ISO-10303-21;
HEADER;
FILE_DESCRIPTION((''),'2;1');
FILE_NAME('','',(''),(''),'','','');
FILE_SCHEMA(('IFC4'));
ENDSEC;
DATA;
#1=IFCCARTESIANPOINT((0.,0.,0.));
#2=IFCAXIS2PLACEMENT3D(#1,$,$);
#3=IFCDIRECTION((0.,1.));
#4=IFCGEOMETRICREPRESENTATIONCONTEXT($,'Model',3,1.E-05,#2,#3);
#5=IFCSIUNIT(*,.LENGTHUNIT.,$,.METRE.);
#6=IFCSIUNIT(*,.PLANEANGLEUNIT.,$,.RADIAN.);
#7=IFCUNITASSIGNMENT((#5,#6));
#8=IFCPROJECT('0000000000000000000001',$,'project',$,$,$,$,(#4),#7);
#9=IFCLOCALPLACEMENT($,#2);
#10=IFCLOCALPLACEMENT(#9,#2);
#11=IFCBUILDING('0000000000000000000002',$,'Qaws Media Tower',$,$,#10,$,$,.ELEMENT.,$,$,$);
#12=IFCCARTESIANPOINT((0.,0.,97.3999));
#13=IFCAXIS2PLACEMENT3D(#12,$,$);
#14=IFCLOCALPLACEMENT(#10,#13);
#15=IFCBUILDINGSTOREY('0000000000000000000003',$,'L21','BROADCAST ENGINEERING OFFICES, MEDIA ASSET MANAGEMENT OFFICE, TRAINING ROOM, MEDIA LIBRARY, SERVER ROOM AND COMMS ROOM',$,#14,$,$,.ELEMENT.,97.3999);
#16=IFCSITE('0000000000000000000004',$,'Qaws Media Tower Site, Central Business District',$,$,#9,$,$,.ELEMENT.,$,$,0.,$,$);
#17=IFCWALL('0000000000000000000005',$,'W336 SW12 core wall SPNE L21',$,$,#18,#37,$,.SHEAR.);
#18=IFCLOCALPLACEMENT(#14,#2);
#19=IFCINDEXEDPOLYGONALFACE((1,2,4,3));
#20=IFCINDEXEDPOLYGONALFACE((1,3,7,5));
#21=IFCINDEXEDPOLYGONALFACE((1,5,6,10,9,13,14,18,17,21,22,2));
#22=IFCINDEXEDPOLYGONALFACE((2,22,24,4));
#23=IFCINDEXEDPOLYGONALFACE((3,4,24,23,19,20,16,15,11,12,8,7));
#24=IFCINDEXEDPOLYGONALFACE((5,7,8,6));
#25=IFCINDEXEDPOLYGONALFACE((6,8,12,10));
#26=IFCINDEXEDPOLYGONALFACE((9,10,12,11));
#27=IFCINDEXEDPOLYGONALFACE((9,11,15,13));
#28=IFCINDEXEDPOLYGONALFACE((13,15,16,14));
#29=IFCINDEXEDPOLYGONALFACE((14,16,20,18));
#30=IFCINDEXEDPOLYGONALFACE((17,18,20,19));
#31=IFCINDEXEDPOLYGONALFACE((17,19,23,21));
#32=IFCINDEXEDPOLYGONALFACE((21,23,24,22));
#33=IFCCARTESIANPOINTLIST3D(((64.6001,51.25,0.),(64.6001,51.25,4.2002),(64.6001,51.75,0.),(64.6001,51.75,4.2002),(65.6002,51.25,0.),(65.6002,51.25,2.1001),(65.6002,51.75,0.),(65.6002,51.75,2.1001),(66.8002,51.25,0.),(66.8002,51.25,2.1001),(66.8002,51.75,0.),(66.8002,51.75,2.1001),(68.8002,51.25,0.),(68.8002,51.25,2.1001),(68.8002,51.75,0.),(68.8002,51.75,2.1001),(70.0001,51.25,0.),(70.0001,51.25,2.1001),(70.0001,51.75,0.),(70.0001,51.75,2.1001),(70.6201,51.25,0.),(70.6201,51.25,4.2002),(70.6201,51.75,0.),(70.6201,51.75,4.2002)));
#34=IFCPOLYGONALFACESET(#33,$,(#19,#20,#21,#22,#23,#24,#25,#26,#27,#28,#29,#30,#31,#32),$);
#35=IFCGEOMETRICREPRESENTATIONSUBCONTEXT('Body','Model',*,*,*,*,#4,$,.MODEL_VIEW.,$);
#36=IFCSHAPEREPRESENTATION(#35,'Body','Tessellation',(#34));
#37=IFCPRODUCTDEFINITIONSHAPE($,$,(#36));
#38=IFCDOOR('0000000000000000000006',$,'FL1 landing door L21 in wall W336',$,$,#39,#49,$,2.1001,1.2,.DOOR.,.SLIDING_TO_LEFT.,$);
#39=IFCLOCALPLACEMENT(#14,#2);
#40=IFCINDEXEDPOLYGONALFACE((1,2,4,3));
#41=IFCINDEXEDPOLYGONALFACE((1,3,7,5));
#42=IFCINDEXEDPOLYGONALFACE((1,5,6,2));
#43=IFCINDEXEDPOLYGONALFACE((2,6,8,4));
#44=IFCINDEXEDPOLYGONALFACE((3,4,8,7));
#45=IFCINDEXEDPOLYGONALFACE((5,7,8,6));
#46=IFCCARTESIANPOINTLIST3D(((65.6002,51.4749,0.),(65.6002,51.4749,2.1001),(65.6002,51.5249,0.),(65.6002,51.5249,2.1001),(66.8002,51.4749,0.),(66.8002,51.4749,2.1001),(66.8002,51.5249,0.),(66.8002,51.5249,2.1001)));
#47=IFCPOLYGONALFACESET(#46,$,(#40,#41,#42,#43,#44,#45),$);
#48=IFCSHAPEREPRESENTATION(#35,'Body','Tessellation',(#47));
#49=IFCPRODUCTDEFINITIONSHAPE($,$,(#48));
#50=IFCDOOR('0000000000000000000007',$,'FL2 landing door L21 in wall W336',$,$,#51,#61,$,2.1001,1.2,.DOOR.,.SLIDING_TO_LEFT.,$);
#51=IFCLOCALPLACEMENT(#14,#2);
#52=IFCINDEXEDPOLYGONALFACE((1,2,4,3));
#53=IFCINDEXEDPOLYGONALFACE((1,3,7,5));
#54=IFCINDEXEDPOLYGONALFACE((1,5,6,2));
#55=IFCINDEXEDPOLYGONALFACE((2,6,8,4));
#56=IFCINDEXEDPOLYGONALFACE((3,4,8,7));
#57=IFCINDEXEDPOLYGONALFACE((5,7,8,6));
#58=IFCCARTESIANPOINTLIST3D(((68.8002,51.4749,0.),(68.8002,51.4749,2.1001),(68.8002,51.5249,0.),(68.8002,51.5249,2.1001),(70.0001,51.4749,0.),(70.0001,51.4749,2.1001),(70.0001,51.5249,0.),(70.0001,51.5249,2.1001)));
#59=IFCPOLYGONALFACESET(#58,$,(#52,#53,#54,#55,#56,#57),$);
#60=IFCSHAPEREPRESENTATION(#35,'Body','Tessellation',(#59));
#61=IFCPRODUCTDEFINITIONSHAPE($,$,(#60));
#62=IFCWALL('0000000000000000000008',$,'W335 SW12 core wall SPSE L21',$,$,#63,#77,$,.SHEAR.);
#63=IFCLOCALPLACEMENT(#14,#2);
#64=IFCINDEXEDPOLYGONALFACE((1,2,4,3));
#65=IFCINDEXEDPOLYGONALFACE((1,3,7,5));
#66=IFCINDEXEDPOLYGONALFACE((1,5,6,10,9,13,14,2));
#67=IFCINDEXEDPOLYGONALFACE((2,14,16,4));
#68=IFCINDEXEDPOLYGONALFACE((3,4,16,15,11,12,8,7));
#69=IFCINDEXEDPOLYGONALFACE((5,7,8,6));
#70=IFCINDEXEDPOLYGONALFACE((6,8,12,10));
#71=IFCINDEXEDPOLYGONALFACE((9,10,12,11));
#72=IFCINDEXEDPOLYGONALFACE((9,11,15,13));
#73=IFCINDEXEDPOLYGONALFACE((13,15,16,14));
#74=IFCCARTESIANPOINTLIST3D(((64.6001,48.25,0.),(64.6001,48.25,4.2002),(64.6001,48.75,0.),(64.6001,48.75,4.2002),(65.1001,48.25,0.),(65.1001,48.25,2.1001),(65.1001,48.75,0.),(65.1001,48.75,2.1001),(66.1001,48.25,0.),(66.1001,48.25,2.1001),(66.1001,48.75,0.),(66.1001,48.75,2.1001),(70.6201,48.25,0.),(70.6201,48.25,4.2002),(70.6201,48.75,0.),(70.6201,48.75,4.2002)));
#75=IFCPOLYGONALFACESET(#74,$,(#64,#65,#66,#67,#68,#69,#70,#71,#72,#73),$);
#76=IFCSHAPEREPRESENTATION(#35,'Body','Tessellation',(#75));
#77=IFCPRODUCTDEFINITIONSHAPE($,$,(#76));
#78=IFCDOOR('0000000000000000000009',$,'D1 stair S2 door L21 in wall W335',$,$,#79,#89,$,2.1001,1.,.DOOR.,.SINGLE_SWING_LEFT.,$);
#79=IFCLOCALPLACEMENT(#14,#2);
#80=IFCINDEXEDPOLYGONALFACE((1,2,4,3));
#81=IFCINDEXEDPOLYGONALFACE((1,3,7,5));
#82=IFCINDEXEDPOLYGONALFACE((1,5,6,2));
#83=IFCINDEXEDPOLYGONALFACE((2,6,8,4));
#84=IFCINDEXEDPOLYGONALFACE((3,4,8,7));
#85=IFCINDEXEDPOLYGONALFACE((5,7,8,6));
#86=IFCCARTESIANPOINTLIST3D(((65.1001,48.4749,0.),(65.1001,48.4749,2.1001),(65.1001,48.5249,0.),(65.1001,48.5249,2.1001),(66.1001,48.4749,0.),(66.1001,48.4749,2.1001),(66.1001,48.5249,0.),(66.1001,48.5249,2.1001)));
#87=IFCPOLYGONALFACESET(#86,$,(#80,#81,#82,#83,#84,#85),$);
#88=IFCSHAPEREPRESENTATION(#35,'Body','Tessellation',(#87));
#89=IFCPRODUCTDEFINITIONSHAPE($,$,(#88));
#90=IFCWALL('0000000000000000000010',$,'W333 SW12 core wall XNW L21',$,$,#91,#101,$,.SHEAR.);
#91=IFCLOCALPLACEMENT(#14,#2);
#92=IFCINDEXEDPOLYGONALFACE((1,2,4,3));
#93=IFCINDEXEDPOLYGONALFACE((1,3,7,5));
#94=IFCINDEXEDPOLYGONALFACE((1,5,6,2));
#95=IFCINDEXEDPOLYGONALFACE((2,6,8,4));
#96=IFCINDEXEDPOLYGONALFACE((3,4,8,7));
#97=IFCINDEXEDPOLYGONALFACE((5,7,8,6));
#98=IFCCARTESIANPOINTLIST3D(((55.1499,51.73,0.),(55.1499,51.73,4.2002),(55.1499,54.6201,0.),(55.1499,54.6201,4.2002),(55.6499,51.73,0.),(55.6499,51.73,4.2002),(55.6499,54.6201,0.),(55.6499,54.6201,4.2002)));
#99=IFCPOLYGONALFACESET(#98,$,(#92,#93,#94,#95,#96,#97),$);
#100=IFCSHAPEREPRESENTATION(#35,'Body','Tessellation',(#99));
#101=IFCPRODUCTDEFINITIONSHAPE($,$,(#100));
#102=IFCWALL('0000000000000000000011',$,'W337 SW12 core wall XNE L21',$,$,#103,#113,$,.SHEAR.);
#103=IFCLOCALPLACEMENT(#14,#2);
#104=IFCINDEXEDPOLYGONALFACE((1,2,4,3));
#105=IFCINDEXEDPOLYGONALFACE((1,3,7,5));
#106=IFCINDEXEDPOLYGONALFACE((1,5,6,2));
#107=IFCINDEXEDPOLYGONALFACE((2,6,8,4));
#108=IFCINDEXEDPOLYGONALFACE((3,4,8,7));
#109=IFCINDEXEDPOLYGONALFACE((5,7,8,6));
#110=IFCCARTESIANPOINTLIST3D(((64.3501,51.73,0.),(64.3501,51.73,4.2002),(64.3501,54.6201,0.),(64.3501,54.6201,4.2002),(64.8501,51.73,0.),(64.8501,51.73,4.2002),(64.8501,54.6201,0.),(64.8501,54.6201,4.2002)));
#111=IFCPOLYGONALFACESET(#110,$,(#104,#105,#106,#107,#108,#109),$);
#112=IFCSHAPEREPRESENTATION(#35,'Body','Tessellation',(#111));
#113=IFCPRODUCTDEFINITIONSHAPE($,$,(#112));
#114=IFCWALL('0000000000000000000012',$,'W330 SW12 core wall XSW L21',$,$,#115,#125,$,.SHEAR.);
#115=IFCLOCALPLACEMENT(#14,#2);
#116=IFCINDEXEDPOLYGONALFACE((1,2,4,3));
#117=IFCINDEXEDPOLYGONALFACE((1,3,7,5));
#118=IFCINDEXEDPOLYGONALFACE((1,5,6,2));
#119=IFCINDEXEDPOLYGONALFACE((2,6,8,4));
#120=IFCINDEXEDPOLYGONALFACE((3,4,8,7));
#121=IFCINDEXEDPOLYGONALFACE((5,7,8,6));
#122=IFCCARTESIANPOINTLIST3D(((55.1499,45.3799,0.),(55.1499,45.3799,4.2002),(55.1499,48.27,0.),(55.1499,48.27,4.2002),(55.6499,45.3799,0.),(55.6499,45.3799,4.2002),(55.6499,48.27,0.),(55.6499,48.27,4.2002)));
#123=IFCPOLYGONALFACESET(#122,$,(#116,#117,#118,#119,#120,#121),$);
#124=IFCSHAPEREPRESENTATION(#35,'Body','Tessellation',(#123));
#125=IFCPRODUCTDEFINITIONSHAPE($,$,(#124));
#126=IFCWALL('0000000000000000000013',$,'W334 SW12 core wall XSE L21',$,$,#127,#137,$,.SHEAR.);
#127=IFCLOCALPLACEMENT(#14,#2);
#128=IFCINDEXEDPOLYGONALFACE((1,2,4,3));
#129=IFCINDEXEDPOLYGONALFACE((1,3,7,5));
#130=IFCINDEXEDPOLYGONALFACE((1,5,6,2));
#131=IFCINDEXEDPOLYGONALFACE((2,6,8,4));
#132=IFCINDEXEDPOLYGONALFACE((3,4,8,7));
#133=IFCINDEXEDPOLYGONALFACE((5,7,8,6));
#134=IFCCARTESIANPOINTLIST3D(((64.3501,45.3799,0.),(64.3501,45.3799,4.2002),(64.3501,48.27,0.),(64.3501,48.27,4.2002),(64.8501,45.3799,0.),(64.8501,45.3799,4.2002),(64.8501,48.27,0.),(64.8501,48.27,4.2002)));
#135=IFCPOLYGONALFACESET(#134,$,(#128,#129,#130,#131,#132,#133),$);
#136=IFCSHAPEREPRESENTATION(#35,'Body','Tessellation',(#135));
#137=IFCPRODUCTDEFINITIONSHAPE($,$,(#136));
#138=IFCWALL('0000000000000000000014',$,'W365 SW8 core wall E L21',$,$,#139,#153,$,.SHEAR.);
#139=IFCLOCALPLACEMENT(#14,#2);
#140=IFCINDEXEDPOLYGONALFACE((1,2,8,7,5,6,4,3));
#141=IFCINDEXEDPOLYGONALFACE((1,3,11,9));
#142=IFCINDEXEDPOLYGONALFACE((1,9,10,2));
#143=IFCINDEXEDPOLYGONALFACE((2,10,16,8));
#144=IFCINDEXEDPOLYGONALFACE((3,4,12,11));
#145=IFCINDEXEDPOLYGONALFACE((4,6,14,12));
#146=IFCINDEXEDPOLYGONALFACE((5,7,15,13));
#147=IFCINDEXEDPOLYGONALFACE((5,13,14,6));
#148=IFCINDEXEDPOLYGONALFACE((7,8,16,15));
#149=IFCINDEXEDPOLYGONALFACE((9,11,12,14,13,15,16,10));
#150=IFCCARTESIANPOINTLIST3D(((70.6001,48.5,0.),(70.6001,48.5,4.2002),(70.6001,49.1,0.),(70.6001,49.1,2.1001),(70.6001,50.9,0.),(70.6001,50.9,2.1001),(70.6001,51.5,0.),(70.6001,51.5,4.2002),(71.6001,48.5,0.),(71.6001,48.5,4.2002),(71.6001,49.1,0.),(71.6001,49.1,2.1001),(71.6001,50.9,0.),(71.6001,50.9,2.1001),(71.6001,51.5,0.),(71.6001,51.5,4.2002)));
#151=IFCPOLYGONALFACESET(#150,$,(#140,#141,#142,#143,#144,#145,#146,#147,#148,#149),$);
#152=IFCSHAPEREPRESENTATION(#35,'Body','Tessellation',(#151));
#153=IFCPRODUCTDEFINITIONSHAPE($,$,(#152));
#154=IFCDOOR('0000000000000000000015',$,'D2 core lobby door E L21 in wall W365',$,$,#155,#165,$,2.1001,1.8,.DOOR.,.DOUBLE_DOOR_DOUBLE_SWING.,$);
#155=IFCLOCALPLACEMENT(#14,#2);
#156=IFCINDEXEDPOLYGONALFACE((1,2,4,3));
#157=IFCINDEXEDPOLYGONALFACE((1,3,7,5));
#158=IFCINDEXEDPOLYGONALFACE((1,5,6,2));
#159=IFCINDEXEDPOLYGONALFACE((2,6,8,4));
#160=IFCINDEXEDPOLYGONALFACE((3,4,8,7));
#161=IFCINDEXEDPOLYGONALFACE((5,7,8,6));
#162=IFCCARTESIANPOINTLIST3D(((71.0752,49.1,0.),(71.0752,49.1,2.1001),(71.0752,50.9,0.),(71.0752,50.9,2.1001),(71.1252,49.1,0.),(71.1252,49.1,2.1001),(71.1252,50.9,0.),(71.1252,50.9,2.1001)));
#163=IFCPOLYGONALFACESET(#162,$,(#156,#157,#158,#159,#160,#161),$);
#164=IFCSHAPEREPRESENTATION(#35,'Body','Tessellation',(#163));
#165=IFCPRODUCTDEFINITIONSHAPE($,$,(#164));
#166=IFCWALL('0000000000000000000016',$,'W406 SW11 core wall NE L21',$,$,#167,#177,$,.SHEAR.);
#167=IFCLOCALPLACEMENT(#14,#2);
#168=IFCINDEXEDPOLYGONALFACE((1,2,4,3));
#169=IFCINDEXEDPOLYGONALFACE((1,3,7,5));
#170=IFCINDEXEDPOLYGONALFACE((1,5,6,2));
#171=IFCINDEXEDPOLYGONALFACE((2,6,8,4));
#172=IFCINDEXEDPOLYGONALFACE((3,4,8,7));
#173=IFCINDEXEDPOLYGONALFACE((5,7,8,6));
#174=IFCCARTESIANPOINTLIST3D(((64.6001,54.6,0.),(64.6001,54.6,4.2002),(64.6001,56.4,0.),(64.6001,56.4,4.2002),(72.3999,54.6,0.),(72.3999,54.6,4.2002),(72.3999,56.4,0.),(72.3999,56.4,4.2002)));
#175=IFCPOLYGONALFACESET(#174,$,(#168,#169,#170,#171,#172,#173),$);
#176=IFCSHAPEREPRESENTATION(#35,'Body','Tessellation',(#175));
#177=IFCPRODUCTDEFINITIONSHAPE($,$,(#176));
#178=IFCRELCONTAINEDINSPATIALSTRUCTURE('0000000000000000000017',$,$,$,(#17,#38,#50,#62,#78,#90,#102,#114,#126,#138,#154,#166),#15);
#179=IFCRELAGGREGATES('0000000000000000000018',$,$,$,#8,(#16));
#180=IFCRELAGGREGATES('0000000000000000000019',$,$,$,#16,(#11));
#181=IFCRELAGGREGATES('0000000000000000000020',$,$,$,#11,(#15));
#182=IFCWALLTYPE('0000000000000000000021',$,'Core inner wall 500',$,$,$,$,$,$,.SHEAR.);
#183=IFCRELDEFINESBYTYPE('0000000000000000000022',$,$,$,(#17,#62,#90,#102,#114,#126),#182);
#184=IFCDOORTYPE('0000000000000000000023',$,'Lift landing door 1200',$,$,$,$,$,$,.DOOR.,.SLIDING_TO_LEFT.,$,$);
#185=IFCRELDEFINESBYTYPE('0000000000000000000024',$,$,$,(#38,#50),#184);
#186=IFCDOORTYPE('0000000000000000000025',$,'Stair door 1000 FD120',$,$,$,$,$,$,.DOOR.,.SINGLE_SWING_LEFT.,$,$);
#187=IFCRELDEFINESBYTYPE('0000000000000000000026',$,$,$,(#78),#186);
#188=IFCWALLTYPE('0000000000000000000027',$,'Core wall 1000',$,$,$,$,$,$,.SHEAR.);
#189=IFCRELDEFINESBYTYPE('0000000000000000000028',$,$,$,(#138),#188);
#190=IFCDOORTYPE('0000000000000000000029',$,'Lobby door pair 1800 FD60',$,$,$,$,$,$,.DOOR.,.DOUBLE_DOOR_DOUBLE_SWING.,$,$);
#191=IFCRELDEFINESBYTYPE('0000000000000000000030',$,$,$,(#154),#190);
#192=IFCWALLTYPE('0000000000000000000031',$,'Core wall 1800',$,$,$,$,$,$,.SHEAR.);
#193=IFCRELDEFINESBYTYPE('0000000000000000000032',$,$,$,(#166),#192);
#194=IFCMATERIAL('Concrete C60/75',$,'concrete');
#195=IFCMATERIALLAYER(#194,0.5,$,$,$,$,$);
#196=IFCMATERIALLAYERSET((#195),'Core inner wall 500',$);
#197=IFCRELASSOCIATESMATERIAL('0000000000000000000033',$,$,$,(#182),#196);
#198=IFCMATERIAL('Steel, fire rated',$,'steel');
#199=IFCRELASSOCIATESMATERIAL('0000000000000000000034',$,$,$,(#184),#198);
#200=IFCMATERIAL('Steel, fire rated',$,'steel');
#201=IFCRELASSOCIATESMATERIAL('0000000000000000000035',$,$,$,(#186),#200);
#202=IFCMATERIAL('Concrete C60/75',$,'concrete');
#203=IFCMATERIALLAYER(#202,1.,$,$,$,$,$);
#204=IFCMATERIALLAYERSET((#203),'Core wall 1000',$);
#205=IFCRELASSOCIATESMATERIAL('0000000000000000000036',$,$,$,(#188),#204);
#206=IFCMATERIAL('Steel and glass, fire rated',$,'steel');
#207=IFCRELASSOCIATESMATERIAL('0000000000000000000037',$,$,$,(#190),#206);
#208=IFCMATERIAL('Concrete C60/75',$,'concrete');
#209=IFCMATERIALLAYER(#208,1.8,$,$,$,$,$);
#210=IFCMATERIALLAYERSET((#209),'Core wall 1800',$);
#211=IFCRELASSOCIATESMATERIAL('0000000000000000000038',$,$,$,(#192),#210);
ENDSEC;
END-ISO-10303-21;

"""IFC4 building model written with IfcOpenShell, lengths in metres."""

from ifc_helpers import new_model, si_unit, direction, frame, frame_2d, origin, place, context, subcontext, project, spatial, rectangle, extrude, material, layer, layer_set, type_object, element, fill, save


model = new_model("IFC4")

# Units and contexts
model_context = context("Model", 3, precision=1e-05, world=origin(), true_north=direction((0.0, 1.0)))
body_context = subcontext(model_context, "Body", "Model", "MODEL_VIEW")
ifc_project = project(units=[si_unit("LENGTHUNIT", "METRE"), si_unit("PLANEANGLEUNIT", "RADIAN")], contexts=[model_context])

# Site, building, storey
site_placement = place(None, origin())
site = spatial("IfcSite", under=ifc_project, at=site_placement, Name="Qaws Media Tower Site, Central Business District", CompositionType="ELEMENT", RefElevation=0.0)
building_placement = place(site_placement, origin())
building = spatial("IfcBuilding", under=site, at=building_placement, Name="Qaws Media Tower", CompositionType="ELEMENT")
storey_placement = place(building_placement, frame((0.0, 0.0, 97.3999)))
storey = spatial("IfcBuildingStorey", under=building, at=storey_placement, Name="L21", Description="BROADCAST ENGINEERING OFFICES, MEDIA ASSET MANAGEMENT OFFICE, TRAINING ROOM, MEDIA LIBRARY, SERVER ROOM AND COMMS ROOM", CompositionType="ELEMENT", Elevation=97.3999)

# Wall, openings, doors
ifc_material_1 = material(Name="Concrete C60/75", Category="concrete")
ifc_layer_1 = layer(ifc_material_1, 0.5)
ifc_layer_set_1 = layer_set([ifc_layer_1], Name="Core inner wall 500")
wall_type_1 = type_object("IfcWallType", Name="Core inner wall 500", PredefinedType="SHEAR", material=ifc_layer_set_1)
wall_1_placement = place(storey_placement, frame((64.6001, 51.5, 0.0), z_axis=(0.0, 0.0, 1.0), x_axis=(1.0, 0.0, 0.0)))
wall_1 = element("IfcWall", 1, at=wall_1_placement, inside=storey, type_object=wall_type_1, Name="W336 SW12 core wall SPNE L21", PredefinedType="SHEAR", context=body_context, shape_type="SweptSolid", body=[
    extrude(rectangle(XDim=6.02, YDim=0.5, at=frame_2d((3.01, 0.0))), origin(), (0.0, 0.0, 1.0), 4.2002),
])
opening_1_placement = place(wall_1_placement, frame((1.0, 0.0, 0.0)))
opening_1 = element("IfcOpeningElement", 2, at=opening_1_placement, cuts=wall_1, PredefinedType="OPENING", context=body_context, shape_type="SweptSolid", body=[
    extrude(rectangle(XDim=1.2, YDim=2.1001, at=frame_2d((0.6001, 1.05))), frame((0.0, 0.26, 0.0), z_axis=(0.0, -1.0, 0.0), x_axis=(1.0, 0.0, 0.0)), (0.0, 0.0, 1.0), 0.52),
])
opening_2_placement = place(wall_1_placement, frame((4.2, 0.0, 0.0)))
opening_2 = element("IfcOpeningElement", 3, at=opening_2_placement, cuts=wall_1, PredefinedType="OPENING", context=body_context, shape_type="SweptSolid", body=[
    extrude(rectangle(XDim=1.2, YDim=2.1001, at=frame_2d((0.6001, 1.05))), frame((0.0, 0.26, 0.0), z_axis=(0.0, -1.0, 0.0), x_axis=(1.0, 0.0, 0.0)), (0.0, 0.0, 1.0), 0.52),
])
ifc_material_2 = material(Name="Steel, fire rated", Category="steel")
door_type_1 = type_object("IfcDoorType", Name="Lift landing door 1200", OperationType="SLIDING_TO_LEFT", PredefinedType="DOOR", material=ifc_material_2)
door_1_placement = place(opening_1_placement, origin())
door_1 = element("IfcDoor", 4, at=door_1_placement, inside=storey, type_object=door_type_1, Name="FL1 landing door L21 in wall W336", OperationType="SLIDING_TO_LEFT", OverallHeight=2.1001, OverallWidth=1.2, PredefinedType="DOOR", context=body_context, shape_type="SweptSolid", body=[
    extrude(rectangle(XDim=1.2, YDim=2.1001, at=frame_2d((0.6001, 1.05))), frame((0.0, 0.0249, 0.0), z_axis=(0.0, -1.0, 0.0), x_axis=(1.0, 0.0, 0.0)), (0.0, 0.0, 1.0), 0.05),
])
fill(opening_1, door_1)
door_2_placement = place(opening_2_placement, origin())
door_2 = element("IfcDoor", 5, at=door_2_placement, inside=storey, type_object=door_type_1, Name="FL2 landing door L21 in wall W336", OperationType="SLIDING_TO_LEFT", OverallHeight=2.1001, OverallWidth=1.2, PredefinedType="DOOR", context=body_context, shape_type="SweptSolid", body=[
    extrude(rectangle(XDim=1.2, YDim=2.1001, at=frame_2d((0.6001, 1.05))), frame((0.0, 0.0249, 0.0), z_axis=(0.0, -1.0, 0.0), x_axis=(1.0, 0.0, 0.0)), (0.0, 0.0, 1.0), 0.05),
])
fill(opening_2, door_2)

# Wall, opening, door
wall_2_placement = place(storey_placement, frame((64.6001, 48.5, 0.0), z_axis=(0.0, 0.0, 1.0), x_axis=(1.0, 0.0, 0.0)))
wall_2 = element("IfcWall", 6, at=wall_2_placement, inside=storey, type_object=wall_type_1, Name="W335 SW12 core wall SPSE L21", PredefinedType="SHEAR", context=body_context, shape_type="SweptSolid", body=[
    extrude(rectangle(XDim=6.02, YDim=0.5, at=frame_2d((3.01, 0.0))), origin(), (0.0, 0.0, 1.0), 4.2002),
])
opening_3_placement = place(wall_2_placement, frame((0.5, 0.0, 0.0)))
opening_3 = element("IfcOpeningElement", 7, at=opening_3_placement, cuts=wall_2, PredefinedType="OPENING", context=body_context, shape_type="SweptSolid", body=[
    extrude(rectangle(XDim=1.0, YDim=2.1001, at=frame_2d((0.5, 1.05))), frame((0.0, 0.26, 0.0), z_axis=(0.0, -1.0, 0.0), x_axis=(1.0, 0.0, 0.0)), (0.0, 0.0, 1.0), 0.52),
])
ifc_material_3 = material(Name="Steel, fire rated", Category="steel")
door_type_2 = type_object("IfcDoorType", Name="Stair door 1000 FD120", OperationType="SINGLE_SWING_LEFT", PredefinedType="DOOR", material=ifc_material_3)
door_3_placement = place(opening_3_placement, origin())
door_3 = element("IfcDoor", 8, at=door_3_placement, inside=storey, type_object=door_type_2, Name="D1 stair S2 door L21 in wall W335", OperationType="SINGLE_SWING_LEFT", OverallHeight=2.1001, OverallWidth=1.0, PredefinedType="DOOR", context=body_context, shape_type="SweptSolid", body=[
    extrude(rectangle(XDim=1.0, YDim=2.1001, at=frame_2d((0.5, 1.05))), frame((0.0, 0.0249, 0.0), z_axis=(0.0, -1.0, 0.0), x_axis=(1.0, 0.0, 0.0)), (0.0, 0.0, 1.0), 0.05),
])
fill(opening_3, door_3)

# Walls
for number, where, z_axis, x_axis, name in (
    (9, (55.3999, 51.73, 0.0), (0.0, 0.0, 1.0), (0.0, 1.0, 0.0), "W333 SW12 core wall XNW L21"),
    (10, (64.6001, 51.73, 0.0), (0.0, 0.0, 1.0), (0.0, 1.0, 0.0), "W337 SW12 core wall XNE L21"),
    (11, (55.3999, 48.27, 0.0), (0.0, 0.0, 1.0), (0.0, -1.0, 0.0), "W330 SW12 core wall XSW L21"),
    (12, (64.6001, 48.27, 0.0), (0.0, 0.0, 1.0), (0.0, -1.0, 0.0), "W334 SW12 core wall XSE L21"),
):
    element("IfcWall", number, at=place(storey_placement, frame(where, z_axis=z_axis, x_axis=x_axis)), inside=storey, type_object=wall_type_1, Name=name, PredefinedType="SHEAR", context=body_context, shape_type="SweptSolid", body=[
        extrude(rectangle(XDim=2.8901, YDim=0.5, at=frame_2d((1.4451, 0.0))), origin(), (0.0, 0.0, 1.0), 4.2002),
    ])

# Wall, opening, door
ifc_material_4 = material(Name="Concrete C60/75", Category="concrete")
ifc_layer_2 = layer(ifc_material_4, 1.0)
ifc_layer_set_2 = layer_set([ifc_layer_2], Name="Core wall 1000")
wall_type_2 = type_object("IfcWallType", Name="Core wall 1000", PredefinedType="SHEAR", material=ifc_layer_set_2)
wall_3_placement = place(storey_placement, frame((71.1001, 48.5, 0.0), z_axis=(0.0, 0.0, 1.0), x_axis=(0.0, 1.0, 0.0)))
wall_3 = element("IfcWall", 13, at=wall_3_placement, inside=storey, type_object=wall_type_2, Name="W365 SW8 core wall E L21", PredefinedType="SHEAR", context=body_context, shape_type="SweptSolid", body=[
    extrude(rectangle(XDim=3.0, YDim=1.0, at=frame_2d((1.5, 0.0))), origin(), (0.0, 0.0, 1.0), 4.2002),
])
opening_4_placement = place(wall_3_placement, frame((0.6001, 0.0, 0.0)))
opening_4 = element("IfcOpeningElement", 14, at=opening_4_placement, cuts=wall_3, PredefinedType="OPENING", context=body_context, shape_type="SweptSolid", body=[
    extrude(rectangle(XDim=1.8, YDim=2.1001, at=frame_2d((0.8999, 1.05))), frame((0.0, 0.51, 0.0), z_axis=(0.0, -1.0, 0.0), x_axis=(1.0, 0.0, 0.0)), (0.0, 0.0, 1.0), 1.02),
])
ifc_material_5 = material(Name="Steel and glass, fire rated", Category="steel")
door_type_3 = type_object("IfcDoorType", Name="Lobby door pair 1800 FD60", OperationType="DOUBLE_DOOR_DOUBLE_SWING", PredefinedType="DOOR", material=ifc_material_5)
door_4_placement = place(opening_4_placement, origin())
door_4 = element("IfcDoor", 15, at=door_4_placement, inside=storey, type_object=door_type_3, Name="D2 core lobby door E L21 in wall W365", OperationType="DOUBLE_DOOR_DOUBLE_SWING", OverallHeight=2.1001, OverallWidth=1.8, PredefinedType="DOOR", context=body_context, shape_type="SweptSolid", body=[
    extrude(rectangle(XDim=1.8, YDim=2.1001, at=frame_2d((0.8999, 1.05))), frame((0.0, 0.0249, 0.0), z_axis=(0.0, -1.0, 0.0), x_axis=(1.0, 0.0, 0.0)), (0.0, 0.0, 1.0), 0.05),
])
fill(opening_4, door_4)

# Wall
ifc_material_6 = material(Name="Concrete C60/75", Category="concrete")
ifc_layer_3 = layer(ifc_material_6, 1.8)
ifc_layer_set_3 = layer_set([ifc_layer_3], Name="Core wall 1800")
wall_type_3 = type_object("IfcWallType", Name="Core wall 1800", PredefinedType="SHEAR", material=ifc_layer_set_3)
wall_4_placement = place(storey_placement, frame((64.6001, 55.5, 0.0), z_axis=(0.0, 0.0, 1.0), x_axis=(1.0, 0.0, 0.0)))
element("IfcWall", 16, at=wall_4_placement, inside=storey, type_object=wall_type_3, Name="W406 SW11 core wall NE L21", PredefinedType="SHEAR", context=body_context, shape_type="SweptSolid", body=[
    extrude(rectangle(XDim=7.7998, YDim=1.8, at=frame_2d((3.8999, 0.0))), origin(), (0.0, 0.0, 1.0), 4.2002),
])

save(model, "model.ifc")
